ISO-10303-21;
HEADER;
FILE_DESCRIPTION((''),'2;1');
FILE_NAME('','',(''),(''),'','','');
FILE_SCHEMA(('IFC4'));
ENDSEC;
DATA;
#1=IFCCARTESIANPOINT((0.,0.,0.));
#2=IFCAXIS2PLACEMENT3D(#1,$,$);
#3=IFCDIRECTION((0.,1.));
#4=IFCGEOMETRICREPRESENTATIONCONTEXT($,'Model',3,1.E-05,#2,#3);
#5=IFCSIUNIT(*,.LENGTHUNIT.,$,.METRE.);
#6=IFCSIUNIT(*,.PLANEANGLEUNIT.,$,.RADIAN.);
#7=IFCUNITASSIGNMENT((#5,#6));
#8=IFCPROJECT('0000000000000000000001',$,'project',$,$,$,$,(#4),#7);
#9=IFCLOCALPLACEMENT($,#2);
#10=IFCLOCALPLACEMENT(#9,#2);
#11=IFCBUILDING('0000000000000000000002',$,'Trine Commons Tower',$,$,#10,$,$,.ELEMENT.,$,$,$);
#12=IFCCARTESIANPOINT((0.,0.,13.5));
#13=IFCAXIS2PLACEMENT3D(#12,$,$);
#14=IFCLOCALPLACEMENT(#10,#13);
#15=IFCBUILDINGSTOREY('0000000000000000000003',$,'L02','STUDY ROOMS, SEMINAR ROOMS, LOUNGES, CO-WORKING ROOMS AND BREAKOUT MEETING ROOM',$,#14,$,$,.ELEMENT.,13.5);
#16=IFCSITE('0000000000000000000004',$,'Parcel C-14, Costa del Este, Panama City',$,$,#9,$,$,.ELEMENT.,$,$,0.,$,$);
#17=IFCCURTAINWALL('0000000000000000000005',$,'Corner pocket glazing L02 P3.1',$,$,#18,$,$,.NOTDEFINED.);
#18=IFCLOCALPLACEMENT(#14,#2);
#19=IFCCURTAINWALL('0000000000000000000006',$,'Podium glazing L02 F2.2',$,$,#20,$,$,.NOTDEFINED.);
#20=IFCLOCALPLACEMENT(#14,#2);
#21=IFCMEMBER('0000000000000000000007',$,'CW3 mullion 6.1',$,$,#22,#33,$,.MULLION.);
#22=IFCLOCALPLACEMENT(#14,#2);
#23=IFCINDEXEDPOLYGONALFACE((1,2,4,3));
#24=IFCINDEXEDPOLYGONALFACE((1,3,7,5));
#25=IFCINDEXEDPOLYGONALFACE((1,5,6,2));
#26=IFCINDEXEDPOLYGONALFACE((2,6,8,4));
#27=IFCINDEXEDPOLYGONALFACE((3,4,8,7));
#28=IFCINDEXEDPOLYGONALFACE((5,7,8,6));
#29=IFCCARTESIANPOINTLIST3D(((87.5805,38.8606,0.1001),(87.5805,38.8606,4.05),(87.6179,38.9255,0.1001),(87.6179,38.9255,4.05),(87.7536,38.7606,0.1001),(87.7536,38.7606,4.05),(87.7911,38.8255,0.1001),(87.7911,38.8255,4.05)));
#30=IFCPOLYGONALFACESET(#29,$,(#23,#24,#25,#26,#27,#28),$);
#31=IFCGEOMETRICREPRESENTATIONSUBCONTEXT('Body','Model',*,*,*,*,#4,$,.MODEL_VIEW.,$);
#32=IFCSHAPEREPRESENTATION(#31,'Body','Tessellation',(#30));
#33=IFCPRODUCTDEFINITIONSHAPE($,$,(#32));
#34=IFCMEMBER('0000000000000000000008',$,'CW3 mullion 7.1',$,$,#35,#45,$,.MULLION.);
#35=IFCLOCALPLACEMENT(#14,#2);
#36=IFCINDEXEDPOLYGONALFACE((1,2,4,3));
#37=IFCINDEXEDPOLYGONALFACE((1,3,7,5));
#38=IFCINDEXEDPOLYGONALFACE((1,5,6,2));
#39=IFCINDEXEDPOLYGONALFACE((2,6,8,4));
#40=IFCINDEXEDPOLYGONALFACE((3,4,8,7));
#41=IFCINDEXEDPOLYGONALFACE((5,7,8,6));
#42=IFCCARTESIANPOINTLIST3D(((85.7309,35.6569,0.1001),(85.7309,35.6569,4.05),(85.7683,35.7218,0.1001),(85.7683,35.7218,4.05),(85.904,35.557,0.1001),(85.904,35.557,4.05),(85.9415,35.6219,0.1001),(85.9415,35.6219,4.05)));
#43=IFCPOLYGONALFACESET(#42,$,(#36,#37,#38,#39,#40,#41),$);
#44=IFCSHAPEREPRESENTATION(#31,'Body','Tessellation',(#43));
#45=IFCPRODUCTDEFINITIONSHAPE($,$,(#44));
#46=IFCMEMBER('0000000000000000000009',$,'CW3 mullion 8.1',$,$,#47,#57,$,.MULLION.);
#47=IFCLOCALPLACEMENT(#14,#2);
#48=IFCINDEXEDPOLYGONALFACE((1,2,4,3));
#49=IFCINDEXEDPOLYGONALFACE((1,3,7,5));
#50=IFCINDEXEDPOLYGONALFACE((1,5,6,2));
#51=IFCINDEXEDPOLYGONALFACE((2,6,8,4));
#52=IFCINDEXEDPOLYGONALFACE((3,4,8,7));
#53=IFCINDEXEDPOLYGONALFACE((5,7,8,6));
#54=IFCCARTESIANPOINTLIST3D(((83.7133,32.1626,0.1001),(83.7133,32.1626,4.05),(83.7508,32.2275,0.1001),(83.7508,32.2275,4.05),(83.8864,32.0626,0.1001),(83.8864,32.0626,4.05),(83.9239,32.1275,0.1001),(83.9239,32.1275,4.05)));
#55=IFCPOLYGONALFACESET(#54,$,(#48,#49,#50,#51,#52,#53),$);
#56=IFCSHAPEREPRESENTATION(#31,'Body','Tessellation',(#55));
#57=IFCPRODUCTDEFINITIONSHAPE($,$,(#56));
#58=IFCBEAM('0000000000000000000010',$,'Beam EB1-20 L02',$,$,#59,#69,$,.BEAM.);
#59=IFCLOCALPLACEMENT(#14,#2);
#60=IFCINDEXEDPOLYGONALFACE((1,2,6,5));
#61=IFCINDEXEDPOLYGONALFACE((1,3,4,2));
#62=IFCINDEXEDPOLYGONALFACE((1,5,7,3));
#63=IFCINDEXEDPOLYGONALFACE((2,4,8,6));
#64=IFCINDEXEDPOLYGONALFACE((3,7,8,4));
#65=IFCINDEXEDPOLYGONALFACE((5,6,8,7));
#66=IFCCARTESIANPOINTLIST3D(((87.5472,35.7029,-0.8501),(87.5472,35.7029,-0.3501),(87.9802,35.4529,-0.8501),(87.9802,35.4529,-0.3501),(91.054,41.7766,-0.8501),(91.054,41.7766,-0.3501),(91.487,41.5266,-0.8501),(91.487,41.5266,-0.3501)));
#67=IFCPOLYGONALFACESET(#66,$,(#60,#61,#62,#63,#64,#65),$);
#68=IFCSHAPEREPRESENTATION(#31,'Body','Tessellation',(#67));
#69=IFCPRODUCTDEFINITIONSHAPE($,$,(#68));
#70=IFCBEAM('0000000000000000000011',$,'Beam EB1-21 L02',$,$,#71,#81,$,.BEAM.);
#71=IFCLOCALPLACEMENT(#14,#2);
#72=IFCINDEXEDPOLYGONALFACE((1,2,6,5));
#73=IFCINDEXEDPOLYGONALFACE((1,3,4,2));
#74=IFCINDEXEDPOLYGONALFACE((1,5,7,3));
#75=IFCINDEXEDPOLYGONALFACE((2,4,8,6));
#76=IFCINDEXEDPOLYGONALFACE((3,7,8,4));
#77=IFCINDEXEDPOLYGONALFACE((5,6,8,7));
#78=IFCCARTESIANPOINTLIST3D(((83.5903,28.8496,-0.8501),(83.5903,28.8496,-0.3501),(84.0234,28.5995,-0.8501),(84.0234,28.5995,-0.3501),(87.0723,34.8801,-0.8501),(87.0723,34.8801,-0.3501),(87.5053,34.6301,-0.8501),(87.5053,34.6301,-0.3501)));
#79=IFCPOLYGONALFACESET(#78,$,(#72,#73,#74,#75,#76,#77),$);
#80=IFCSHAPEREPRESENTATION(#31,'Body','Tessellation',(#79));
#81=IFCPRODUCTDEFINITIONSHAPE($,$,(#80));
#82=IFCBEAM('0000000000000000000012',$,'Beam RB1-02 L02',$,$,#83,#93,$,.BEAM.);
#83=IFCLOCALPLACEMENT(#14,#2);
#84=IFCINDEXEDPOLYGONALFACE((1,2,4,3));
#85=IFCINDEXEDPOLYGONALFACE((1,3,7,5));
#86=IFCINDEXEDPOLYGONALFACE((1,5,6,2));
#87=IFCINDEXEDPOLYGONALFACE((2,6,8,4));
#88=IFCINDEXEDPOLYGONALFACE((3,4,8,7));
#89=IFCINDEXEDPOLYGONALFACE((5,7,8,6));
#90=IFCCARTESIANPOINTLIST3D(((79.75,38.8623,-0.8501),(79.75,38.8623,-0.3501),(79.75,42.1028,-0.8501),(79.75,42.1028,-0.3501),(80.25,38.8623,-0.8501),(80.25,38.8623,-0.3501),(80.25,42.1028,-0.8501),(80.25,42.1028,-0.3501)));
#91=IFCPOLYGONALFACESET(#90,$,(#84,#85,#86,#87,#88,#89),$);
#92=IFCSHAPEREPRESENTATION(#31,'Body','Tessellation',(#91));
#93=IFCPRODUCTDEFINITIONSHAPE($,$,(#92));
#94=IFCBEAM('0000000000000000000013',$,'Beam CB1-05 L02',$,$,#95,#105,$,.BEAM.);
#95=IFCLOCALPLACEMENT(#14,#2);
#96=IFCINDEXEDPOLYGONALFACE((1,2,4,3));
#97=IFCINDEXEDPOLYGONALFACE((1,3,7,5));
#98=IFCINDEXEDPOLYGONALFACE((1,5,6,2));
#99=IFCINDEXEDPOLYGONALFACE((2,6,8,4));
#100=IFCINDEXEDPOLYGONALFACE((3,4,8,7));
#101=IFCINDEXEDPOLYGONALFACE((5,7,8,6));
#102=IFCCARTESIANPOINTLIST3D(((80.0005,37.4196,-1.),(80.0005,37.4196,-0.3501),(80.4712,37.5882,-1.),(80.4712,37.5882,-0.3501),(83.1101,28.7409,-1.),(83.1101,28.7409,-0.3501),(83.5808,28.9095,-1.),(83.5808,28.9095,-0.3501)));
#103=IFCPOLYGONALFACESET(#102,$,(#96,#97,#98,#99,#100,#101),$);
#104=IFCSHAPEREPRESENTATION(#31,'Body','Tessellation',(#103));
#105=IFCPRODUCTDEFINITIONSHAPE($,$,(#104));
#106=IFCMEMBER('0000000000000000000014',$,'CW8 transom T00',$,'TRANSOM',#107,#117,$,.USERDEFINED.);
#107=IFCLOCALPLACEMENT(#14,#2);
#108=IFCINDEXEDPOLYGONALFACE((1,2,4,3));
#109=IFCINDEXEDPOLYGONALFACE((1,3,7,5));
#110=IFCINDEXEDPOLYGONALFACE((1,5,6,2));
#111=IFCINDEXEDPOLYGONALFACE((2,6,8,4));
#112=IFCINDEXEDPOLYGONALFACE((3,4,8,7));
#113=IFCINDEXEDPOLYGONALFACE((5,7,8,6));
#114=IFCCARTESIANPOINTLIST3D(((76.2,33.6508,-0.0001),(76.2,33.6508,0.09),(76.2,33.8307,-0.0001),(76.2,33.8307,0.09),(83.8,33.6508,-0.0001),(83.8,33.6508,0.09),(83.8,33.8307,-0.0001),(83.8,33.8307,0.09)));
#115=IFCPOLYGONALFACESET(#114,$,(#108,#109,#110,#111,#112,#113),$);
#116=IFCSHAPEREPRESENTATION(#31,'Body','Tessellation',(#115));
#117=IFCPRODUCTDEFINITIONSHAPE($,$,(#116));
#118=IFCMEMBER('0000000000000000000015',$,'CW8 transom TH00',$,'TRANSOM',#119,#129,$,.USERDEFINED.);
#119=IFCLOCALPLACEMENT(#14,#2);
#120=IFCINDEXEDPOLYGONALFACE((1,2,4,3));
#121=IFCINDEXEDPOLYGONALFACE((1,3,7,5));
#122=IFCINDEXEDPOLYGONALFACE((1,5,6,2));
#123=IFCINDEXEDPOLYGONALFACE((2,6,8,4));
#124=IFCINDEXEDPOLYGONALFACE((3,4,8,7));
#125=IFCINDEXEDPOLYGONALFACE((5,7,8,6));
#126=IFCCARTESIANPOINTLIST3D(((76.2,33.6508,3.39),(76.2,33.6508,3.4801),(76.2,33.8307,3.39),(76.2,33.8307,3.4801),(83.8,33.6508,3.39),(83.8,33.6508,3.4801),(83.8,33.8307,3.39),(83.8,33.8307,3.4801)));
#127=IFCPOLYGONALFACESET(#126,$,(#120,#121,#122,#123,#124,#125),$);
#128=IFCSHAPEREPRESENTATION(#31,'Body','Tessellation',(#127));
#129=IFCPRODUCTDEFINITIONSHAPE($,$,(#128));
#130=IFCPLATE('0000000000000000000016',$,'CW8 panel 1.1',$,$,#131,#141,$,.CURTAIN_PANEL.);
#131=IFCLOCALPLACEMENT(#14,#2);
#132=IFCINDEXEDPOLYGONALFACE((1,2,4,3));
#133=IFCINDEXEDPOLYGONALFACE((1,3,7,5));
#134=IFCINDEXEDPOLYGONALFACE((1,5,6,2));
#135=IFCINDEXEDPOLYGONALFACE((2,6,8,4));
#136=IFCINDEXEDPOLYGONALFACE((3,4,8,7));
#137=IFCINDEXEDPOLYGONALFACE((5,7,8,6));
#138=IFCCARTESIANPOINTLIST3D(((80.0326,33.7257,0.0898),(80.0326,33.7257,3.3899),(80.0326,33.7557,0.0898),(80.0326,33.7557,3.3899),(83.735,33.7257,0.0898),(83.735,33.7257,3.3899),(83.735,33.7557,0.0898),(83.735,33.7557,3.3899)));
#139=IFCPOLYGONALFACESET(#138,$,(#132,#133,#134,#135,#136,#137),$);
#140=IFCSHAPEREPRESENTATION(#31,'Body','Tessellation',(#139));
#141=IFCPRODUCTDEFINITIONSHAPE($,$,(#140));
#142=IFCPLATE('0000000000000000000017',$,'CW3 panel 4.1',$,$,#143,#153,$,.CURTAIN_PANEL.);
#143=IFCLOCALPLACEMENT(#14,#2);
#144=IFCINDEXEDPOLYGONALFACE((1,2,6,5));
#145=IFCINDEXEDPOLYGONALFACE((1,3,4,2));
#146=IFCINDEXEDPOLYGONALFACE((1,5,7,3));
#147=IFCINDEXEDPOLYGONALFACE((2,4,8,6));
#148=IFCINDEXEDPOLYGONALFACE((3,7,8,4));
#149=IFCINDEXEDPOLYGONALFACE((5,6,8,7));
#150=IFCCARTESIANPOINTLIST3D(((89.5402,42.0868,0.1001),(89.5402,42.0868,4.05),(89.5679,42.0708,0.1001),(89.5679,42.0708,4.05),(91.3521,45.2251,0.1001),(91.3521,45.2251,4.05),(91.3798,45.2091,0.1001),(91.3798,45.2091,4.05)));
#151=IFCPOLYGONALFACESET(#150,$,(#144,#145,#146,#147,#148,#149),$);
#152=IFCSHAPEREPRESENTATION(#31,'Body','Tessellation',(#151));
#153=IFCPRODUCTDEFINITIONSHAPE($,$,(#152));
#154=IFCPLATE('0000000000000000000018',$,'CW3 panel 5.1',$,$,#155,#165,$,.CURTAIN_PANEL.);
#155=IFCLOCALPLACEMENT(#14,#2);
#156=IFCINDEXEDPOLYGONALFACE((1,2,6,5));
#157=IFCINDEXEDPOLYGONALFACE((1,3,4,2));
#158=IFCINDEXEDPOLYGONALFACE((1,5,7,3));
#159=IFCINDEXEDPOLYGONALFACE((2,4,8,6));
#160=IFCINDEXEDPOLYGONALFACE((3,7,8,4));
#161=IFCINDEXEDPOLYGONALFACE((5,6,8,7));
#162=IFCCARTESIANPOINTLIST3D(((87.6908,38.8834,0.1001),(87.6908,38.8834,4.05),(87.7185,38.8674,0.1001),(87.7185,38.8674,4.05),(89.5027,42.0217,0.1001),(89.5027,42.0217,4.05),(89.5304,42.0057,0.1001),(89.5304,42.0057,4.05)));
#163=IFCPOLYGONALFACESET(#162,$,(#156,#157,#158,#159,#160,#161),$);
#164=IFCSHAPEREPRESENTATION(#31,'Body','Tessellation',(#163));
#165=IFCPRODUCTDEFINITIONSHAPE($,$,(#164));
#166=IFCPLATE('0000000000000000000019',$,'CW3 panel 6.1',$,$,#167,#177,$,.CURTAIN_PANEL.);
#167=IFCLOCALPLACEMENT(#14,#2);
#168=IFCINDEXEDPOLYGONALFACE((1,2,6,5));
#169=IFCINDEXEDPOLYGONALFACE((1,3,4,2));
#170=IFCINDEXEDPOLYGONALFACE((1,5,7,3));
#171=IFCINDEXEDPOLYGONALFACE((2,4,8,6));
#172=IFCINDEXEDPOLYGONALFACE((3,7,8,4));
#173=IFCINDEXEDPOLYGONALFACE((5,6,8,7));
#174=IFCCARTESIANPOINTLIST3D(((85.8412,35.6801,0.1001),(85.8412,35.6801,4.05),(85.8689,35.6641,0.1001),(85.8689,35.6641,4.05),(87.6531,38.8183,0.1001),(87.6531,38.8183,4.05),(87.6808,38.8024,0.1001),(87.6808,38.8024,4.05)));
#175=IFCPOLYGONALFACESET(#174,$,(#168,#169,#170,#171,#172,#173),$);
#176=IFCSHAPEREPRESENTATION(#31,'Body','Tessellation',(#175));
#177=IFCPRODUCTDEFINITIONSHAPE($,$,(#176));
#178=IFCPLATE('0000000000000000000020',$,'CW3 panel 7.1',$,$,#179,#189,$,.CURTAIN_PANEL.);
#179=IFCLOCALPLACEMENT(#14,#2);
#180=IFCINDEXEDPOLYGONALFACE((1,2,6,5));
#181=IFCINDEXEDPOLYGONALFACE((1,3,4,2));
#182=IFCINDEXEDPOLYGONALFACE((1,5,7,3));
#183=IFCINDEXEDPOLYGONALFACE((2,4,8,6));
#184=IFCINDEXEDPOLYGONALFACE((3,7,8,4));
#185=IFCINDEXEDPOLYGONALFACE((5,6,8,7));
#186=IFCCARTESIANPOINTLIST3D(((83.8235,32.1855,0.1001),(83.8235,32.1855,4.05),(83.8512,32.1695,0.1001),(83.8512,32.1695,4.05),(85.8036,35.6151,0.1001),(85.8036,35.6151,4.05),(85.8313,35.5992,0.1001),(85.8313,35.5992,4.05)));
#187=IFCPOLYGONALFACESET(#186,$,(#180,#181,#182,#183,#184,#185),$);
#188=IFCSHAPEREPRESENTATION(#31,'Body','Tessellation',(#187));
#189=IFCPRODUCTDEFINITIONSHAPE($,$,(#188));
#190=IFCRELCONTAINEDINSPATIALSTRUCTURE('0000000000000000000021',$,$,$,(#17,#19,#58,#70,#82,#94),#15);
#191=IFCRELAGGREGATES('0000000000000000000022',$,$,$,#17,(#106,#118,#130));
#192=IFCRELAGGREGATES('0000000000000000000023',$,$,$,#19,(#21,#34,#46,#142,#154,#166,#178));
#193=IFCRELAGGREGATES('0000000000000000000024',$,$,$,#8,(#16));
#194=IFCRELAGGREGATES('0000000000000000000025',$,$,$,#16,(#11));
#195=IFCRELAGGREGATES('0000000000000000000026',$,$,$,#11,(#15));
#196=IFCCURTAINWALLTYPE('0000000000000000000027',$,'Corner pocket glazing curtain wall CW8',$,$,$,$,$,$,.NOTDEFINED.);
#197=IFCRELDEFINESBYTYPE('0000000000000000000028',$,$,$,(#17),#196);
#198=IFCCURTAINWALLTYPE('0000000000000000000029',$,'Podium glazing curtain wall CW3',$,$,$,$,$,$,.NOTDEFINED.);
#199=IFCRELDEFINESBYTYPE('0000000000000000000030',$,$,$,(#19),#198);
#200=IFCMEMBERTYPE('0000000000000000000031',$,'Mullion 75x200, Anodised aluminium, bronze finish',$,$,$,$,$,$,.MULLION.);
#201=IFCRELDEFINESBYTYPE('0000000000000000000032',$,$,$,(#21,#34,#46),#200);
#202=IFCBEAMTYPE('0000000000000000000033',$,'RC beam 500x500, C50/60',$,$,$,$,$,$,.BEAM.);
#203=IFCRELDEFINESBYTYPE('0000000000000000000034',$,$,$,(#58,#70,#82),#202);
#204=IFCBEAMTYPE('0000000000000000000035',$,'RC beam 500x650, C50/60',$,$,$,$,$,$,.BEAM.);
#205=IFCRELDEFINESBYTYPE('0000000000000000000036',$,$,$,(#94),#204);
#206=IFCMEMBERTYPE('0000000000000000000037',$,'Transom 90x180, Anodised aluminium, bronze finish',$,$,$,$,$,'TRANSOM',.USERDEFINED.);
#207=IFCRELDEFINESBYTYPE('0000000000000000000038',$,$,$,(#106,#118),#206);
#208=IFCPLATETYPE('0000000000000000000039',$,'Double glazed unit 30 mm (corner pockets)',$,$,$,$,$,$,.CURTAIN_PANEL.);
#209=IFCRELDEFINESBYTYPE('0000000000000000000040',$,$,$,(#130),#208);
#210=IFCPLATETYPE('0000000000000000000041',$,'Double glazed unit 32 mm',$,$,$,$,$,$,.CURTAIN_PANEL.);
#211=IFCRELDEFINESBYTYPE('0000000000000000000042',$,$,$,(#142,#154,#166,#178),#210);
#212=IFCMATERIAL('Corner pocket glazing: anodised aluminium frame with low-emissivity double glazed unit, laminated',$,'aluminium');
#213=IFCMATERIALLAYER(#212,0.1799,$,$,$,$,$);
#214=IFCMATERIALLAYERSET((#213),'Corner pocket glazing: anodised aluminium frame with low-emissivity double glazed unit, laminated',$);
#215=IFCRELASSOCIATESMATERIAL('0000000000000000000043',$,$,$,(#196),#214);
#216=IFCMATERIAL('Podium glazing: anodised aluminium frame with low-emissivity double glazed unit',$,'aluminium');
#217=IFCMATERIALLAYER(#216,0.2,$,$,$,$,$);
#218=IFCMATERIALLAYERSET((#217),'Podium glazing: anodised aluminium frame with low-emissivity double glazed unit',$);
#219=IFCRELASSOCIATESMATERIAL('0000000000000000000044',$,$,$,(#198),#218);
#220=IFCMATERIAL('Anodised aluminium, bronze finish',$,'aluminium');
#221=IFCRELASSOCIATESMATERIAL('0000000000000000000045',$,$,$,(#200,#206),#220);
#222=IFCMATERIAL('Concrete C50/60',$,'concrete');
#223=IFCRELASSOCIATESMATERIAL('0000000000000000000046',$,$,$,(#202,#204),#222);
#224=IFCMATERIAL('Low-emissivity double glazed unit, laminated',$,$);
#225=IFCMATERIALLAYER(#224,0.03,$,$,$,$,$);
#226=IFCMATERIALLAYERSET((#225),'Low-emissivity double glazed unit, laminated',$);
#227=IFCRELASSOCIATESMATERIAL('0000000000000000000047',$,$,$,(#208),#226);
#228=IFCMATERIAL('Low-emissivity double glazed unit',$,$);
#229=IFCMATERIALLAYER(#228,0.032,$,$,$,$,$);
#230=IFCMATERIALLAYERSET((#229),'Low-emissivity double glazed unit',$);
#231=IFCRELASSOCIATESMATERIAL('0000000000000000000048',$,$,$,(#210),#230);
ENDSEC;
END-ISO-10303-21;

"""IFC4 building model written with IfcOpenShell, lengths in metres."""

from ifc_helpers import new_model, si_unit, direction, frame, origin, origin_2d, place, context, subcontext, project, spatial, rectangle, extrude, material, layer, layer_set, material_profile, profile_set, type_object, element, aggregate, save


model = new_model("IFC4")

# Units and contexts
model_context = context("Model", 3, precision=1e-05, world=origin(), true_north=direction((0.0, 1.0)))
body_context = subcontext(model_context, "Body", "Model", "MODEL_VIEW")
ifc_project = project(units=[si_unit("LENGTHUNIT", "METRE"), si_unit("PLANEANGLEUNIT", "RADIAN")], contexts=[model_context])

# Site, building, storey
site_placement = place(None, origin())
site = spatial("IfcSite", under=ifc_project, at=site_placement, Name="Parcel C-14, Costa del Este, Panama City", CompositionType="ELEMENT", RefElevation=0.0)
building_placement = place(site_placement, origin())
building = spatial("IfcBuilding", under=site, at=building_placement, Name="Trine Commons Tower", CompositionType="ELEMENT")
storey_placement = place(building_placement, frame((0.0, 0.0, 13.5)))
storey = spatial("IfcBuildingStorey", under=building, at=storey_placement, Name="L02", Description="STUDY ROOMS, SEMINAR ROOMS, LOUNGES, CO-WORKING ROOMS AND BREAKOUT MEETING ROOM", CompositionType="ELEMENT", Elevation=13.5)

# Curtain walls, members
ifc_material_1 = material(Name="Corner pocket glazing: anodised aluminium frame with low-emissivity double glazed unit, laminated", Category="aluminium")
ifc_layer_1 = layer(ifc_material_1, 0.1799)
ifc_layer_set_1 = layer_set([ifc_layer_1], Name="Corner pocket glazing: anodised aluminium frame with low-emissivity double glazed unit, laminated")
curtain_wall_type_1 = type_object("IfcCurtainWallType", Name="Corner pocket glazing curtain wall CW8", PredefinedType="NOTDEFINED", material=ifc_layer_set_1)
curtain_wall_1_placement = place(storey_placement, origin())
curtain_wall_1 = element("IfcCurtainWall", 1, at=curtain_wall_1_placement, inside=storey, type_object=curtain_wall_type_1, Name="Corner pocket glazing L02 P3.1", PredefinedType="NOTDEFINED")
ifc_material_2 = material(Name="Anodised aluminium, bronze finish", Category="aluminium")
ifc_material_3 = material(Name="Podium glazing: anodised aluminium frame with low-emissivity double glazed unit", Category="aluminium")
ifc_layer_2 = layer(ifc_material_3, 0.2)
ifc_layer_set_2 = layer_set([ifc_layer_2], Name="Podium glazing: anodised aluminium frame with low-emissivity double glazed unit")
curtain_wall_type_2 = type_object("IfcCurtainWallType", Name="Podium glazing curtain wall CW3", PredefinedType="NOTDEFINED", material=ifc_layer_set_2)
curtain_wall_2_placement = place(storey_placement, origin())
curtain_wall_2 = element("IfcCurtainWall", 2, at=curtain_wall_2_placement, inside=storey, type_object=curtain_wall_type_2, Name="Podium glazing L02 F2.2", PredefinedType="NOTDEFINED")
ifc_material_profile_1 = material_profile(ifc_material_2, rectangle(XDim=0.2, YDim=0.075, at=origin_2d()), Name="Mullion 75x200")
ifc_profile_set_1 = profile_set([ifc_material_profile_1], Name="Anodised aluminium, bronze finish")
member_type_1 = type_object("IfcMemberType", Name="Mullion 75x200, Anodised aluminium, bronze finish", PredefinedType="MULLION", material=ifc_profile_set_1)
member_1_placement = place(storey_placement, frame((87.6858, 38.843, 0.1001), z_axis=(0.0, 0.0, 1.0), x_axis=(0.866025, -0.5, 0.0)))
member_1 = element("IfcMember", 3, at=member_1_placement, type_object=member_type_1, Name="CW3 mullion 6.1", PredefinedType="MULLION", context=body_context, shape_type="SweptSolid", body=[
    extrude(rectangle(XDim=0.2, YDim=0.075, at=origin_2d()), origin(), (0.0, 0.0, 1.0), 3.95),
])
member_2_placement = place(storey_placement, frame((85.8362, 35.6394, 0.1001), z_axis=(0.0, 0.0, 1.0), x_axis=(0.866025, -0.5, 0.0)))
member_2 = element("IfcMember", 4, at=member_2_placement, type_object=member_type_1, Name="CW3 mullion 7.1", PredefinedType="MULLION", context=body_context, shape_type="SweptSolid", body=[
    extrude(rectangle(XDim=0.2, YDim=0.075, at=origin_2d()), origin(), (0.0, 0.0, 1.0), 3.95),
])
member_3_placement = place(storey_placement, frame((83.8186, 32.145, 0.1001), z_axis=(0.0, 0.0, 1.0), x_axis=(0.866025, -0.5, 0.0)))
member_3 = element("IfcMember", 5, at=member_3_placement, type_object=member_type_1, Name="CW3 mullion 8.1", PredefinedType="MULLION", context=body_context, shape_type="SweptSolid", body=[
    extrude(rectangle(XDim=0.2, YDim=0.075, at=origin_2d()), origin(), (0.0, 0.0, 1.0), 3.95),
])

# Beams
ifc_material_4 = material(Name="Concrete C50/60", Category="concrete")
ifc_material_profile_2 = material_profile(ifc_material_4, rectangle(XDim=0.5, YDim=0.5, at=origin_2d()), Name="RC 500x500")
ifc_profile_set_2 = profile_set([ifc_material_profile_2], Name="Concrete C50/60")
beam_type_1 = type_object("IfcBeamType", Name="RC beam 500x500, C50/60", PredefinedType="BEAM", material=ifc_profile_set_2)
beam_1_placement = place(storey_placement, frame((91.2705, 41.6516, -0.6001), z_axis=(-0.500018, -0.866015, 0.0), x_axis=(0.866015, -0.500018, 0.0)))
element("IfcBeam", 6, at=beam_1_placement, inside=storey, type_object=beam_type_1, Name="Beam EB1-20 L02", PredefinedType="BEAM", context=body_context, shape_type="SweptSolid", body=[
    extrude(rectangle(XDim=0.5, YDim=0.5, at=origin_2d()), origin(), (0.0, 0.0, 1.0), 7.0134),
])
beam_2_placement = place(storey_placement, frame((87.2888, 34.7551, -0.6001), z_axis=(-0.500023, -0.866012, 0.0), x_axis=(0.866012, -0.500023, 0.0)))
element("IfcBeam", 7, at=beam_2_placement, inside=storey, type_object=beam_type_1, Name="Beam EB1-21 L02", PredefinedType="BEAM", context=body_context, shape_type="SweptSolid", body=[
    extrude(rectangle(XDim=0.5, YDim=0.5, at=origin_2d()), origin(), (0.0, 0.0, 1.0), 6.9636),
])
beam_3_placement = place(storey_placement, frame((80.0, 42.1028, -0.6001), z_axis=(0.0, -1.0, 0.0), x_axis=(1.0, 0.0, 0.0)))
element("IfcBeam", 8, at=beam_3_placement, inside=storey, type_object=beam_type_1, Name="Beam RB1-02 L02", PredefinedType="BEAM", context=body_context, shape_type="SweptSolid", body=[
    extrude(rectangle(XDim=0.5, YDim=0.5, at=origin_2d()), origin(), (0.0, 0.0, 1.0), 3.2405),
])
ifc_material_profile_3 = material_profile(ifc_material_4, rectangle(XDim=0.5, YDim=0.6499, at=origin_2d()), Name="RC 500x650")
ifc_profile_set_3 = profile_set([ifc_material_profile_3], Name="Concrete C50/60")
beam_type_2 = type_object("IfcBeamType", Name="RC beam 500x650, C50/60", PredefinedType="BEAM", material=ifc_profile_set_3)
beam_4_placement = place(storey_placement, frame((83.3455, 28.8252, -0.675), z_axis=(-0.337306, 0.941395, 0.0), x_axis=(-0.941395, -0.337306, 0.0)))
element("IfcBeam", 9, at=beam_4_placement, inside=storey, type_object=beam_type_2, Name="Beam CB1-05 L02", PredefinedType="BEAM", context=body_context, shape_type="SweptSolid", body=[
    extrude(rectangle(XDim=0.5, YDim=0.6499, at=origin_2d()), origin(), (0.0, 0.0, 1.0), 9.219),
])

# Members
ifc_material_profile_4 = material_profile(ifc_material_2, rectangle(XDim=0.1799, YDim=0.0901, at=origin_2d()), Name="Transom 90x180")
ifc_profile_set_4 = profile_set([ifc_material_profile_4], Name="Anodised aluminium, bronze finish")
member_type_2 = type_object("IfcMemberType", Name="Transom 90x180, Anodised aluminium, bronze finish", ElementType="TRANSOM", PredefinedType="USERDEFINED", material=ifc_profile_set_4)
member_4_placement = place(storey_placement, frame((83.8, 33.7407, 0.0449), z_axis=(-1.0, 0.0, 0.0), x_axis=(0.0, -1.0, 0.0)))
member_4 = element("IfcMember", 10, at=member_4_placement, type_object=member_type_2, Name="CW8 transom T00", ObjectType="TRANSOM", PredefinedType="USERDEFINED", context=body_context, shape_type="SweptSolid", body=[
    extrude(rectangle(XDim=0.1799, YDim=0.0901, at=origin_2d()), origin(), (0.0, 0.0, 1.0), 7.6001),
])
member_5_placement = place(storey_placement, frame((83.8, 33.7407, 3.4351), z_axis=(-1.0, 0.0, 0.0), x_axis=(0.0, -1.0, 0.0)))
member_5 = element("IfcMember", 11, at=member_5_placement, type_object=member_type_2, Name="CW8 transom TH00", ObjectType="TRANSOM", PredefinedType="USERDEFINED", context=body_context, shape_type="SweptSolid", body=[
    extrude(rectangle(XDim=0.1799, YDim=0.0901, at=origin_2d()), origin(), (0.0, 0.0, 1.0), 7.6001),
])

# Plates
ifc_material_5 = material(Name="Low-emissivity double glazed unit, laminated")
ifc_layer_3 = layer(ifc_material_5, 0.03)
ifc_layer_set_3 = layer_set([ifc_layer_3], Name="Low-emissivity double glazed unit, laminated")
plate_type_1 = type_object("IfcPlateType", Name="Double glazed unit 30 mm (corner pockets)", PredefinedType="CURTAIN_PANEL", material=ifc_layer_set_3)
plate_1_placement = place(storey_placement, frame((81.8838, 33.7407, 0.0898), z_axis=(0.0, 0.0, 1.0), x_axis=(-1.0, 0.0, 0.0)))
plate_1 = element("IfcPlate", 12, at=plate_1_placement, type_object=plate_type_1, Name="CW8 panel 1.1", PredefinedType="CURTAIN_PANEL", context=body_context, shape_type="SweptSolid", body=[
    extrude(rectangle(XDim=3.7024, YDim=0.03, at=origin_2d()), origin(), (0.0, 0.0, 1.0), 3.3),
])
aggregate(curtain_wall_1, [member_4, member_5, plate_1])
ifc_material_6 = material(Name="Low-emissivity double glazed unit")
ifc_layer_4 = layer(ifc_material_6, 0.032)
ifc_layer_set_4 = layer_set([ifc_layer_4], Name="Low-emissivity double glazed unit")
plate_type_2 = type_object("IfcPlateType", Name="Double glazed unit 32 mm", PredefinedType="CURTAIN_PANEL", material=ifc_layer_set_4)
plate_2_placement = place(storey_placement, frame((90.46, 43.6479, 0.1001), z_axis=(0.0, 0.0, 1.0), x_axis=(-0.5, -0.866025, 0.0)))
plate_2 = element("IfcPlate", 13, at=plate_2_placement, type_object=plate_type_2, Name="CW3 panel 4.1", PredefinedType="CURTAIN_PANEL", context=body_context, shape_type="SweptSolid", body=[
    extrude(rectangle(XDim=3.6238, YDim=0.032, at=origin_2d()), origin(), (0.0, 0.0, 1.0), 3.95),
])
plate_3_placement = place(storey_placement, frame((88.6106, 40.4446, 0.1001), z_axis=(0.0, 0.0, 1.0), x_axis=(-0.5, -0.866025, 0.0)))
plate_3 = element("IfcPlate", 14, at=plate_3_placement, type_object=plate_type_2, Name="CW3 panel 5.1", PredefinedType="CURTAIN_PANEL", context=body_context, shape_type="SweptSolid", body=[
    extrude(rectangle(XDim=3.6238, YDim=0.032, at=origin_2d()), origin(), (0.0, 0.0, 1.0), 3.95),
])
plate_4_placement = place(storey_placement, frame((86.761, 37.2412, 0.1001), z_axis=(0.0, 0.0, 1.0), x_axis=(-0.5, -0.866025, 0.0)))
plate_4 = element("IfcPlate", 15, at=plate_4_placement, type_object=plate_type_2, Name="CW3 panel 6.1", PredefinedType="CURTAIN_PANEL", context=body_context, shape_type="SweptSolid", body=[
    extrude(rectangle(XDim=3.6238, YDim=0.032, at=origin_2d()), origin(), (0.0, 0.0, 1.0), 3.95),
])
plate_5_placement = place(storey_placement, frame((84.8274, 33.8923, 0.1001), z_axis=(0.0, 0.0, 1.0), x_axis=(-0.5, -0.866025, 0.0)))
plate_5 = element("IfcPlate", 16, at=plate_5_placement, type_object=plate_type_2, Name="CW3 panel 7.1", PredefinedType="CURTAIN_PANEL", context=body_context, shape_type="SweptSolid", body=[
    extrude(rectangle(XDim=3.9602, YDim=0.032, at=origin_2d()), origin(), (0.0, 0.0, 1.0), 3.95),
])
aggregate(curtain_wall_2, [member_1, member_2, member_3, plate_2, plate_3, plate_4, plate_5])

save(model, "model.ifc")
